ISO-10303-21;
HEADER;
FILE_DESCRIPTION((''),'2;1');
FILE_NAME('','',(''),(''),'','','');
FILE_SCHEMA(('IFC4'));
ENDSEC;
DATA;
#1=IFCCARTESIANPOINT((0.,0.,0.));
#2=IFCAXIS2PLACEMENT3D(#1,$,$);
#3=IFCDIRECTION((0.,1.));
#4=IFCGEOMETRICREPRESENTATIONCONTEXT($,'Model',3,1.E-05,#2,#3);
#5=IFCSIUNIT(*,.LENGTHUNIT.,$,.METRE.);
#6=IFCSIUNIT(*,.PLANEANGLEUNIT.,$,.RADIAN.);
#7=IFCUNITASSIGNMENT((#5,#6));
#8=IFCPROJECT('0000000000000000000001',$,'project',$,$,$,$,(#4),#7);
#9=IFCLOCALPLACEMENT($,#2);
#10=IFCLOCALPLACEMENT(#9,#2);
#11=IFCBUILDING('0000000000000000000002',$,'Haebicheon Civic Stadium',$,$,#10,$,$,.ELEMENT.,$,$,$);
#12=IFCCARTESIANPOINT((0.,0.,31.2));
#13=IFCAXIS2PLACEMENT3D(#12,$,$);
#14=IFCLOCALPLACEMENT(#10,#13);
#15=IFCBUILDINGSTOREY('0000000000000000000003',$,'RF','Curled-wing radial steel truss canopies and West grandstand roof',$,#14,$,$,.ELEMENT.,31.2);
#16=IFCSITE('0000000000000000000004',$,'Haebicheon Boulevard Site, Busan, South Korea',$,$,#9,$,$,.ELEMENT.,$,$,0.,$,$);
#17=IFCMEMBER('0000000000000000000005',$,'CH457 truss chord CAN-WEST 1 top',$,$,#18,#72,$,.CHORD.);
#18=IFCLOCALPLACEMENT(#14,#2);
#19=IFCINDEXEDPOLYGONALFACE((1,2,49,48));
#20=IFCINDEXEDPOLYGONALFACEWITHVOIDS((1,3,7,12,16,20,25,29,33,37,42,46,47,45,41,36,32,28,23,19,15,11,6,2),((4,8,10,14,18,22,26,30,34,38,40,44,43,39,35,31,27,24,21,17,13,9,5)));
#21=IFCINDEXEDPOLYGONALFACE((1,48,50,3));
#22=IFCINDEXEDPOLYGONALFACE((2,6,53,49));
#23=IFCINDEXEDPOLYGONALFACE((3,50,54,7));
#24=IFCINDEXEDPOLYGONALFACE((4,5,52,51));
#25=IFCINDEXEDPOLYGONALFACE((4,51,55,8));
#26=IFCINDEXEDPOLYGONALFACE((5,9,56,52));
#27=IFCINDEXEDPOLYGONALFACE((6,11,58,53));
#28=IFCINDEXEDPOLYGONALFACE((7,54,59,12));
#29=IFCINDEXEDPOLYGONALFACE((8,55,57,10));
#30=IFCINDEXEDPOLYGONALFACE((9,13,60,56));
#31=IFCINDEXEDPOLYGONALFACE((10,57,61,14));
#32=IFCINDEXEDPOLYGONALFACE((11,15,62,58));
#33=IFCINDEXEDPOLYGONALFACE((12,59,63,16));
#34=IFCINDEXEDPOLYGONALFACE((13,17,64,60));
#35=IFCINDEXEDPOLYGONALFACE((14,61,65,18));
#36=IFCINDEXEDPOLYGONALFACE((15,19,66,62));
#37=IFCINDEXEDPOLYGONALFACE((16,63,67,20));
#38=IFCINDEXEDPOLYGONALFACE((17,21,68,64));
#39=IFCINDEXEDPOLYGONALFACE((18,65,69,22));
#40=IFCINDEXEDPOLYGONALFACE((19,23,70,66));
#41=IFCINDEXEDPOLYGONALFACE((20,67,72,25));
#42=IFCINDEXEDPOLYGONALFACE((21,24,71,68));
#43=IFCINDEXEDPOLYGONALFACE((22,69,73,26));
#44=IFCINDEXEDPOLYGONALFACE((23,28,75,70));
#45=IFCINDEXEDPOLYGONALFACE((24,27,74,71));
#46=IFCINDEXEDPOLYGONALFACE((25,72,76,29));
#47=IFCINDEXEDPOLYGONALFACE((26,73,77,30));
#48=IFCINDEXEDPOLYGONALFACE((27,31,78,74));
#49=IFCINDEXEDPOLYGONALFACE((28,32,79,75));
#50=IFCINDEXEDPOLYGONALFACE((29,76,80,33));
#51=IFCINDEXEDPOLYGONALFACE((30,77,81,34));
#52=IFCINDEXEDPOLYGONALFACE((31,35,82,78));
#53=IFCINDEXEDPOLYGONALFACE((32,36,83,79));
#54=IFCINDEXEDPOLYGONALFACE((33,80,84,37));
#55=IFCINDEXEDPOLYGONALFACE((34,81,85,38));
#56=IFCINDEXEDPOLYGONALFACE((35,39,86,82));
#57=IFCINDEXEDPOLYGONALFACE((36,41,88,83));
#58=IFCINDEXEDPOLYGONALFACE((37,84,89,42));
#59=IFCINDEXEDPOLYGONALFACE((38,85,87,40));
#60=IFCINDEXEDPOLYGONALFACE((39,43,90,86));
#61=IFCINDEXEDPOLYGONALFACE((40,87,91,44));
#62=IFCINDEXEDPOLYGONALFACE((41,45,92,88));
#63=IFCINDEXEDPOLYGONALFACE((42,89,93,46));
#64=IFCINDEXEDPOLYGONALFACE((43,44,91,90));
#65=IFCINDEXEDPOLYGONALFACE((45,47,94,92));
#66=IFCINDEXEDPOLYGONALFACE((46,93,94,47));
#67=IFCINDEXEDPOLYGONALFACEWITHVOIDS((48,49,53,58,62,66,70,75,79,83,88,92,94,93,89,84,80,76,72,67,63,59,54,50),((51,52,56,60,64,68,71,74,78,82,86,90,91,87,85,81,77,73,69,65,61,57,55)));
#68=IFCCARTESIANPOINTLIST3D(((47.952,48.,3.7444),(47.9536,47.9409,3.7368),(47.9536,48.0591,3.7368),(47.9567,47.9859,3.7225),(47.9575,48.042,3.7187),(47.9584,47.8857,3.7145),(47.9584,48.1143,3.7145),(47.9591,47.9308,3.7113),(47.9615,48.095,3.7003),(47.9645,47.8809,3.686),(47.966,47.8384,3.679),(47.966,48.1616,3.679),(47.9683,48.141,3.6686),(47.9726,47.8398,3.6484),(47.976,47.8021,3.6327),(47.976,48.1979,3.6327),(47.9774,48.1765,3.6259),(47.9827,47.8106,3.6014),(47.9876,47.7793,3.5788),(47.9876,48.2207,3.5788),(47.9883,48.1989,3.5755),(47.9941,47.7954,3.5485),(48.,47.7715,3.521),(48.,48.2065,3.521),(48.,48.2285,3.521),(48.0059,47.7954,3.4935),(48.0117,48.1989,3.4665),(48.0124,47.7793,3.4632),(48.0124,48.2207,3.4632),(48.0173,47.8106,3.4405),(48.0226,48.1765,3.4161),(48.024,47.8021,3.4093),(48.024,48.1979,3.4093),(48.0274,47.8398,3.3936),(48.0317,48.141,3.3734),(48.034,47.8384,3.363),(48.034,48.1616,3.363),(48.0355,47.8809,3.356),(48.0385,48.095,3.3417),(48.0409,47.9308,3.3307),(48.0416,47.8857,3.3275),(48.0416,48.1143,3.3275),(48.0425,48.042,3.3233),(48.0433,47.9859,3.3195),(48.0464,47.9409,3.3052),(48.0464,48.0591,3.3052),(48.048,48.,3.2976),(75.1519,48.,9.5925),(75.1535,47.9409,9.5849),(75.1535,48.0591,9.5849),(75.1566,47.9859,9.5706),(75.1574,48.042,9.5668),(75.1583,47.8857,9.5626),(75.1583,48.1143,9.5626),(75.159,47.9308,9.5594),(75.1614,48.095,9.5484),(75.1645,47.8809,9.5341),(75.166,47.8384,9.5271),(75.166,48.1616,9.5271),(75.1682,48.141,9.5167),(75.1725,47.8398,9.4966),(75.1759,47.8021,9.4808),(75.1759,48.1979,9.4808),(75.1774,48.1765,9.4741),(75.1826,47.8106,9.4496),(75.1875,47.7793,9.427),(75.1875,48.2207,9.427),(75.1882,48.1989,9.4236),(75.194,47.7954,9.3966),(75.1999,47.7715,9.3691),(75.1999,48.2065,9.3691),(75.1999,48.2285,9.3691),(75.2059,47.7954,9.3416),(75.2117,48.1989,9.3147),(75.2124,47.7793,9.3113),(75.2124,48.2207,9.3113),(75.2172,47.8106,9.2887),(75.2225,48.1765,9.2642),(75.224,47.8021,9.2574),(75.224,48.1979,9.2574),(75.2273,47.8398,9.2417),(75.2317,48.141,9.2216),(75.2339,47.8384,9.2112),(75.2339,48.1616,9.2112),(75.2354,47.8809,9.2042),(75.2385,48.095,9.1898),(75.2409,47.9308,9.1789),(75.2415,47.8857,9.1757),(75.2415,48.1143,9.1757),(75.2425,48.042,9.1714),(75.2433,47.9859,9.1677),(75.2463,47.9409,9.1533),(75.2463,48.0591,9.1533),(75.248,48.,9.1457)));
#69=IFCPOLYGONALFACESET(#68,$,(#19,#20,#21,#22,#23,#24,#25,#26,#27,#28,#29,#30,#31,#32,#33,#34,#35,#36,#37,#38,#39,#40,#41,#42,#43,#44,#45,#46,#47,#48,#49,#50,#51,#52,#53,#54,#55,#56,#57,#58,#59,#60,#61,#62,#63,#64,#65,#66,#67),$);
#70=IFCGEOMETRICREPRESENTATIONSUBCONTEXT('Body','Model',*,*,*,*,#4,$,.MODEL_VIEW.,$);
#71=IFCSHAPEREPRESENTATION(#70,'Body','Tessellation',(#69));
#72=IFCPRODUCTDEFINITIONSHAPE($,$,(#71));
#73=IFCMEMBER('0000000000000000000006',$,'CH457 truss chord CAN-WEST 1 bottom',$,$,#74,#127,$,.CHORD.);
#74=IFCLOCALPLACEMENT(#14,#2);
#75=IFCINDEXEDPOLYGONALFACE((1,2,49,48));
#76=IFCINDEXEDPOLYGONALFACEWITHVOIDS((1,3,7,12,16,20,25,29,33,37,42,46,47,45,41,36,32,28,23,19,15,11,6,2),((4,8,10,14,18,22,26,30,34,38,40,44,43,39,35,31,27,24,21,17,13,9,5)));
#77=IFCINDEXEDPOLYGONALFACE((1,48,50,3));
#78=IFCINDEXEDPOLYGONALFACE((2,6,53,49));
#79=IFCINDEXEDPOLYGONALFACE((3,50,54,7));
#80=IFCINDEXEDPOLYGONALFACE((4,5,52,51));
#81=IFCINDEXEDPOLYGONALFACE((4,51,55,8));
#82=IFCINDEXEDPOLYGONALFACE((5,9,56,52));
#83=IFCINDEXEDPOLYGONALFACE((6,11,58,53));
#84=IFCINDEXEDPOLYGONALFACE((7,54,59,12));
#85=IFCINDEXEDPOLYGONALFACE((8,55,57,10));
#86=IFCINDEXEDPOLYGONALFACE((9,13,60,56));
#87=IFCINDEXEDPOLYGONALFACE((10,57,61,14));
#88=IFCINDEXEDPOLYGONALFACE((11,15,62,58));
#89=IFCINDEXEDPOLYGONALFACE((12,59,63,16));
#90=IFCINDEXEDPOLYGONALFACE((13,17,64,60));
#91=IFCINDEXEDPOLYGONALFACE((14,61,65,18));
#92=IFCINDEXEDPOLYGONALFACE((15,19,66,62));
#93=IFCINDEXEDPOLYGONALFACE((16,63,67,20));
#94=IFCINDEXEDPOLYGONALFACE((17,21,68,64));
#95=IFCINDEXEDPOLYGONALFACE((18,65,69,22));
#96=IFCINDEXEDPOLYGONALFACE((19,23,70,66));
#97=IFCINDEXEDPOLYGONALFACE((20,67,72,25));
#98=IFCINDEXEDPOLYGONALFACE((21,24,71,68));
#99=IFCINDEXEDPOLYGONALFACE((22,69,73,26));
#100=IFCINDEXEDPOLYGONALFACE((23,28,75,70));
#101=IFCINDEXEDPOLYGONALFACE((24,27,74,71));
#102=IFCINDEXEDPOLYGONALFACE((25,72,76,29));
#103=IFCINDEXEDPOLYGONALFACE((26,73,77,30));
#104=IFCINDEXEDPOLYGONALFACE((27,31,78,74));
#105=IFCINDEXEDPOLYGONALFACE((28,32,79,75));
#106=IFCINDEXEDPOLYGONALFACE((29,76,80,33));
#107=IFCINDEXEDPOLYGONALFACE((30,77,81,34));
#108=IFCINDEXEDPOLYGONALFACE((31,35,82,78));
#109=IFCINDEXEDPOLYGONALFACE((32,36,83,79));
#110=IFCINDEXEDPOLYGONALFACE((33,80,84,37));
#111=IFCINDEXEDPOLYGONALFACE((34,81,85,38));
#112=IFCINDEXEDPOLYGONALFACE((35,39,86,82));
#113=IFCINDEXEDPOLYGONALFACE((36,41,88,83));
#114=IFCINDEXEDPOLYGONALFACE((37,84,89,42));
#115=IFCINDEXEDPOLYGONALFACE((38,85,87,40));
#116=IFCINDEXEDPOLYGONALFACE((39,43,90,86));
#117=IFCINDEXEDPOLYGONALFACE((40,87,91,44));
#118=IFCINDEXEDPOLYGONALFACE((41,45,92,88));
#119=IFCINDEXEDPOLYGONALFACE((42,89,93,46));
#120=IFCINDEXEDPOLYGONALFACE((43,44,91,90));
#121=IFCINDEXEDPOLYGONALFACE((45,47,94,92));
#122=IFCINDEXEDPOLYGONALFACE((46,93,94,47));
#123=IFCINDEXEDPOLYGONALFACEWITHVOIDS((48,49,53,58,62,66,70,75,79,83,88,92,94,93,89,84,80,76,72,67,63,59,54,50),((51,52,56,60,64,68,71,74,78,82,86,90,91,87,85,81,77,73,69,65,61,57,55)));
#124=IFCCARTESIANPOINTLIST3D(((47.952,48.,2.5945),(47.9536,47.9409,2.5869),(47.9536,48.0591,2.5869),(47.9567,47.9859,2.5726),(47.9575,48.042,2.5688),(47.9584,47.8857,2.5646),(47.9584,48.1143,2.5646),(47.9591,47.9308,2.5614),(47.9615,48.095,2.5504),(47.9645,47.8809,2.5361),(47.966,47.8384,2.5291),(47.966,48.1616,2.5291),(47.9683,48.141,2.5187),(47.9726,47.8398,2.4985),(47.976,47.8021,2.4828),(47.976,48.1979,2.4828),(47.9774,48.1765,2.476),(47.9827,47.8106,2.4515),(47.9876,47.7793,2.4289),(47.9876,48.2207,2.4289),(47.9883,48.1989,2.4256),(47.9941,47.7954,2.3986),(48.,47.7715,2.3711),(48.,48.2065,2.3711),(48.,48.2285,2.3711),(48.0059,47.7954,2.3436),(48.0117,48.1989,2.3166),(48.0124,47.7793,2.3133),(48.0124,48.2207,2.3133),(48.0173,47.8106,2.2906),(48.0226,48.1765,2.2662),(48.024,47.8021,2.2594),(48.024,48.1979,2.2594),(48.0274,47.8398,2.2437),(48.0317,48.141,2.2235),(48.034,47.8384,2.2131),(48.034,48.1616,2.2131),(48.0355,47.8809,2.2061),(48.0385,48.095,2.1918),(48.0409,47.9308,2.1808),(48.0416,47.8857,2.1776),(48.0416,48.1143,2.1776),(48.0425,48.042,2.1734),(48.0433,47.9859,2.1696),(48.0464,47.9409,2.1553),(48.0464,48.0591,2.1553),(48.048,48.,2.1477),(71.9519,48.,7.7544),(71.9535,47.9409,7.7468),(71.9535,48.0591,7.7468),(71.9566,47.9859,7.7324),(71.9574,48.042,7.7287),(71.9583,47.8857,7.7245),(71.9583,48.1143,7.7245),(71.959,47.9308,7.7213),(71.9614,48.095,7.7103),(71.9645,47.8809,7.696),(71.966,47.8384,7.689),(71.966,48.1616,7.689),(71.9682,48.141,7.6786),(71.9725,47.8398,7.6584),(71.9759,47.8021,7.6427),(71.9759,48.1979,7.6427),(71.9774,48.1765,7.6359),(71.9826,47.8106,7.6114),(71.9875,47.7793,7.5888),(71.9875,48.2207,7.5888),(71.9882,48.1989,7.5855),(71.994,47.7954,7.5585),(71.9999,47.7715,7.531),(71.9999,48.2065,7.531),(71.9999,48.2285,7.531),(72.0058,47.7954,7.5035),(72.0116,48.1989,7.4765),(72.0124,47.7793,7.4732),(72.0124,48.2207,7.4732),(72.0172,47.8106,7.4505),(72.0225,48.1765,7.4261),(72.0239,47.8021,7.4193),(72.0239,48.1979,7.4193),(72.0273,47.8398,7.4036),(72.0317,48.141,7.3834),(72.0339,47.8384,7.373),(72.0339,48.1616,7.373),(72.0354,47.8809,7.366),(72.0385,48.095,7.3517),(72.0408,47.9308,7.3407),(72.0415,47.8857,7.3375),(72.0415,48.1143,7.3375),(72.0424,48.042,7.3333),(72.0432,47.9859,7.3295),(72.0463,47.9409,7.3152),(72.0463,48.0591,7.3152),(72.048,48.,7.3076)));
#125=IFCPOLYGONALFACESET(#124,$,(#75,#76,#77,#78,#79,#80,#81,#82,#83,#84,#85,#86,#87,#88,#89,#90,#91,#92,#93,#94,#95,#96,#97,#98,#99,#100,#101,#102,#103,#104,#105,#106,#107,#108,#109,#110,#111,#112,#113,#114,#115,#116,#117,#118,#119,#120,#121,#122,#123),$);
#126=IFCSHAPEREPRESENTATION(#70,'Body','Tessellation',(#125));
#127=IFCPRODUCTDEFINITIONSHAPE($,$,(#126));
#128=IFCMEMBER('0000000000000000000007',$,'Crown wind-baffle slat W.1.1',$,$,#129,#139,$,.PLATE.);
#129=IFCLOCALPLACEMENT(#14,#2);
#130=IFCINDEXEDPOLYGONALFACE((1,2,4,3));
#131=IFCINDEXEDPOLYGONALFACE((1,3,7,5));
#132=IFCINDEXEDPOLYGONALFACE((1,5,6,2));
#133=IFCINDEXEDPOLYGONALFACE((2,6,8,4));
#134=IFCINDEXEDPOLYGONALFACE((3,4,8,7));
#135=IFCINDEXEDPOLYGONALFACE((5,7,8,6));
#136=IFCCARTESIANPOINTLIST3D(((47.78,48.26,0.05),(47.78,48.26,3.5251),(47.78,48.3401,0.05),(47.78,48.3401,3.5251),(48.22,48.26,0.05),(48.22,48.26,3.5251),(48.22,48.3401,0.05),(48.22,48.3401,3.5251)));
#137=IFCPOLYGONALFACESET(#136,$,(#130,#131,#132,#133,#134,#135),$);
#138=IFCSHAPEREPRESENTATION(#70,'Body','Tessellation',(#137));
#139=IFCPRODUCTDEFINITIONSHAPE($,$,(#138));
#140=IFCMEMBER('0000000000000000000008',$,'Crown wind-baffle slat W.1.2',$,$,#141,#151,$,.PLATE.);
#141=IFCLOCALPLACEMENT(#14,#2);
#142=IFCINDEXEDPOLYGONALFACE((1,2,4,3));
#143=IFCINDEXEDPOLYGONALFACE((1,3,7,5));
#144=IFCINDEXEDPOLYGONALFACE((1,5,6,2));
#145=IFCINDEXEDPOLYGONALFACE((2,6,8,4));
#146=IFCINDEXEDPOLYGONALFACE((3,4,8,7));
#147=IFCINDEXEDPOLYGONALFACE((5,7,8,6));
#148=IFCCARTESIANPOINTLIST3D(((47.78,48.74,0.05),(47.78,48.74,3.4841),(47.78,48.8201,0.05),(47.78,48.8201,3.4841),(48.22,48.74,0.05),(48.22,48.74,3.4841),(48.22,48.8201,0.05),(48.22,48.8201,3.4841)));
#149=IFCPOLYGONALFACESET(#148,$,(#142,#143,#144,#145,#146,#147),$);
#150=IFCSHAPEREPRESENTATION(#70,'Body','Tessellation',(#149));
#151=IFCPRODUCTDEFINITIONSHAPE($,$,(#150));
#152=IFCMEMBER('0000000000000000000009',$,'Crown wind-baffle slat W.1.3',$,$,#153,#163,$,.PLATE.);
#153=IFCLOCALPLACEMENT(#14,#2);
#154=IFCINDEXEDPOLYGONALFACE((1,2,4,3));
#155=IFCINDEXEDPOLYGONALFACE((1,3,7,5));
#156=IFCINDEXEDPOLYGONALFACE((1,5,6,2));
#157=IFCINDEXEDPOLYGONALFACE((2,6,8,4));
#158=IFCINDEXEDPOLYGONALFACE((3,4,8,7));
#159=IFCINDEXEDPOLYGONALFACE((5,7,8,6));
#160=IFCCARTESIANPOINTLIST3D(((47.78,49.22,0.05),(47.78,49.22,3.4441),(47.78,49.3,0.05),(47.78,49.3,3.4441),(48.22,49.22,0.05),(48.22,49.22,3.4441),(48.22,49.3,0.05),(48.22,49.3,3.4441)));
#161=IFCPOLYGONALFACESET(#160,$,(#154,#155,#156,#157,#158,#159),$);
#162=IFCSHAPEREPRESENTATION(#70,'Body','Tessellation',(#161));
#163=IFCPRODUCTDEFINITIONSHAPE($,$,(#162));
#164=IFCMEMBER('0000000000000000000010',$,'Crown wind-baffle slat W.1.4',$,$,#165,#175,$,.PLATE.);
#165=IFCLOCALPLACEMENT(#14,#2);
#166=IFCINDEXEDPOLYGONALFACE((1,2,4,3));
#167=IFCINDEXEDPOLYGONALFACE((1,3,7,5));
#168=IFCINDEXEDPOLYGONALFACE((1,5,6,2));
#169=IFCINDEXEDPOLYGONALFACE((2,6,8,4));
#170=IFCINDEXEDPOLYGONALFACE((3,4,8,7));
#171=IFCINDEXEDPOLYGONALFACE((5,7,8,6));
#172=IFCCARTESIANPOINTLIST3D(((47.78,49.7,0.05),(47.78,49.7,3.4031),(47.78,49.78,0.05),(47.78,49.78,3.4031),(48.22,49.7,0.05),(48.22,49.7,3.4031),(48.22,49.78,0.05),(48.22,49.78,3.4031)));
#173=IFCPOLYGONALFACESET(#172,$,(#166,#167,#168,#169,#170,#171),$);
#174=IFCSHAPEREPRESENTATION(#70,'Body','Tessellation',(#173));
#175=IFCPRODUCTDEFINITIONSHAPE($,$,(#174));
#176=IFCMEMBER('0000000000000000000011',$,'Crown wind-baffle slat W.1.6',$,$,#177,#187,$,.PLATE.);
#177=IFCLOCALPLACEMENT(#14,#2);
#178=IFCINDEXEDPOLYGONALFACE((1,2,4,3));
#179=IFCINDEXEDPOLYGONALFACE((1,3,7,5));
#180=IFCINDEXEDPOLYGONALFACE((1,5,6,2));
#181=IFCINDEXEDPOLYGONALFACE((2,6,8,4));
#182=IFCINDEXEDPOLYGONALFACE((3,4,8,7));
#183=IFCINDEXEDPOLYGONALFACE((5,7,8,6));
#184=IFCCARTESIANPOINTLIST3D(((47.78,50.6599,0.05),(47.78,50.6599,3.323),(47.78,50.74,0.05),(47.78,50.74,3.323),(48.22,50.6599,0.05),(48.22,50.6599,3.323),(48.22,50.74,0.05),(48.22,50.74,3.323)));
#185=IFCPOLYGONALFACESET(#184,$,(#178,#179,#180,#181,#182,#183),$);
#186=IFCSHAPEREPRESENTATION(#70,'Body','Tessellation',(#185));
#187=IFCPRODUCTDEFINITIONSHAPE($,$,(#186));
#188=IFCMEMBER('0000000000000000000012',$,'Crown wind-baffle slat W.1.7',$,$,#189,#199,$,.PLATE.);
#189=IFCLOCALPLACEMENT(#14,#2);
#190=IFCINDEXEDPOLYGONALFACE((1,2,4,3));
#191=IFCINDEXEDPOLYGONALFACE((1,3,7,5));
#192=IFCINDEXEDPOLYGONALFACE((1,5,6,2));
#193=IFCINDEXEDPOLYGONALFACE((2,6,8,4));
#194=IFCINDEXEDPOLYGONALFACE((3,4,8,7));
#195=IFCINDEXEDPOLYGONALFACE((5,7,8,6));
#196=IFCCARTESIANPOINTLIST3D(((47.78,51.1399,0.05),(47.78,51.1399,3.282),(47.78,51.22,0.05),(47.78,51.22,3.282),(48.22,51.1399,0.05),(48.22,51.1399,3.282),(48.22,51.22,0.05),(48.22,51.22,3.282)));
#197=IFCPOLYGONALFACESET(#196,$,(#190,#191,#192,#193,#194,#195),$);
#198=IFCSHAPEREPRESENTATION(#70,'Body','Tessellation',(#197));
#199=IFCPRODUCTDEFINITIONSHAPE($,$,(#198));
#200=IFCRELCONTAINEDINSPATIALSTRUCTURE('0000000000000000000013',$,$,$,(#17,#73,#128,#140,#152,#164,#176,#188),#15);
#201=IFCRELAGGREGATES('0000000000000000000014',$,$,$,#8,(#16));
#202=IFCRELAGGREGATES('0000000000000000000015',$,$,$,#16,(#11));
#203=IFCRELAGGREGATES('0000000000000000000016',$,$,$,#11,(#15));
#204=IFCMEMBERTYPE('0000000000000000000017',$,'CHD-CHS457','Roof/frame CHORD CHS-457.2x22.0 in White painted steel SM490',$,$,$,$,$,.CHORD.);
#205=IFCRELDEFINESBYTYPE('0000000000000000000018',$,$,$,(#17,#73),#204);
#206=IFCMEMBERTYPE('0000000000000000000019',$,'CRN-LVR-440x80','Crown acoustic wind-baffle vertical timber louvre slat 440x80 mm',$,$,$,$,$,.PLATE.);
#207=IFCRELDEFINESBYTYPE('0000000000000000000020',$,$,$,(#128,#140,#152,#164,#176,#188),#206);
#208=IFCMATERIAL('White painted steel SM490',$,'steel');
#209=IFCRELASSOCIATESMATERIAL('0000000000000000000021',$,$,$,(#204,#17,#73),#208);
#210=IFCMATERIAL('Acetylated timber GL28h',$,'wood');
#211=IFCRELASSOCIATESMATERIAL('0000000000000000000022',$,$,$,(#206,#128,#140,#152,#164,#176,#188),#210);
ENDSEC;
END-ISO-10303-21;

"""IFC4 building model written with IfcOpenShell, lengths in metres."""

from ifc_helpers import new_model, si_unit, direction, frame, origin, origin_2d, place, context, subcontext, project, spatial, rectangle, hollow_circle, extrude, material, material_profile, profile_set, type_object, element, save


model = new_model("IFC4")

# Units and contexts
model_context = context("Model", 3, precision=1e-05, world=origin(), true_north=direction((0.0, 1.0)))
body_context = subcontext(model_context, "Body", "Model", "MODEL_VIEW")
ifc_project = project(units=[si_unit("LENGTHUNIT", "METRE"), si_unit("PLANEANGLEUNIT", "RADIAN")], contexts=[model_context])

# Site, building, storey
site_placement = place(None, origin())
site = spatial("IfcSite", under=ifc_project, at=site_placement, Name="Haebicheon Boulevard Site, Busan, South Korea", CompositionType="ELEMENT", RefElevation=0.0)
building_placement = place(site_placement, origin())
building = spatial("IfcBuilding", under=site, at=building_placement, Name="Haebicheon Civic Stadium", CompositionType="ELEMENT")
storey_placement = place(building_placement, frame((0.0, 0.0, 31.2)))
storey = spatial("IfcBuildingStorey", under=building, at=storey_placement, Name="RF", Description="Curled-wing radial steel truss canopies and West grandstand roof", CompositionType="ELEMENT", Elevation=31.2)

# Members
ifc_material_1 = material(Name="White painted steel SM490", Category="steel")
ifc_material_profile_1 = material_profile(ifc_material_1, hollow_circle(Radius=0.2285, WallThickness=0.022, at=origin_2d()), Name="CHS-457.2x22.0")
ifc_profile_set_1 = profile_set([ifc_material_profile_1], Name="White painted steel SM490")
member_type_1 = type_object("IfcMemberType", Name="CHD-CHS457", Description="Roof/frame CHORD CHS-457.2x22.0 in White painted steel SM490", PredefinedType="CHORD", material=ifc_profile_set_1)
member_1_placement = place(storey_placement, frame((48.0, 48.0, 3.521), z_axis=(0.977658, 0.0, 0.210202), x_axis=(0.0, 1.0, 0.0)))
element("IfcMember", 1, at=member_1_placement, inside=storey, type_object=member_type_1, material=ifc_profile_set_1, Name="CH457 truss chord CAN-WEST 1 top", PredefinedType="CHORD", context=body_context, shape_type="SweptSolid", body=[
    extrude(hollow_circle(Radius=0.2285, WallThickness=0.022, at=origin_2d()), origin(), (0.0, 0.0, 1.0), 27.8215),
])
member_2_placement = place(storey_placement, frame((48.0, 48.0, 2.3711), z_axis=(0.97766, 0.0, 0.210193), x_axis=(0.0, 1.0, 0.0)))
element("IfcMember", 2, at=member_2_placement, inside=storey, type_object=member_type_1, material=ifc_profile_set_1, Name="CH457 truss chord CAN-WEST 1 bottom", PredefinedType="CHORD", context=body_context, shape_type="SweptSolid", body=[
    extrude(hollow_circle(Radius=0.2285, WallThickness=0.022, at=origin_2d()), origin(), (0.0, 0.0, 1.0), 24.5483),
])
ifc_material_2 = material(Name="Acetylated timber GL28h", Category="wood")
ifc_material_profile_2 = material_profile(ifc_material_2, rectangle(XDim=0.0801, YDim=0.4399, at=origin_2d()), Name="TMB-LOUV-80x440")
ifc_profile_set_2 = profile_set([ifc_material_profile_2], Name="Acetylated timber GL28h")
member_type_2 = type_object("IfcMemberType", Name="CRN-LVR-440x80", Description="Crown acoustic wind-baffle vertical timber louvre slat 440x80 mm", PredefinedType="PLATE", material=ifc_profile_set_2)
member_3_placement = place(storey_placement, frame((48.0, 48.3, 0.05), z_axis=(0.0, 0.0, 1.0), x_axis=(0.0, 1.0, 0.0)))
element("IfcMember", 3, at=member_3_placement, inside=storey, type_object=member_type_2, material=ifc_profile_set_2, Name="Crown wind-baffle slat W.1.1", PredefinedType="PLATE", context=body_context, shape_type="SweptSolid", body=[
    extrude(rectangle(XDim=0.0801, YDim=0.4399, at=origin_2d()), origin(), (0.0, 0.0, 1.0), 3.4751),
])
member_4_placement = place(storey_placement, frame((48.0, 48.78, 0.05), z_axis=(0.0, 0.0, 1.0), x_axis=(0.0, 1.0, 0.0)))
element("IfcMember", 4, at=member_4_placement, inside=storey, type_object=member_type_2, material=ifc_profile_set_2, Name="Crown wind-baffle slat W.1.2", PredefinedType="PLATE", context=body_context, shape_type="SweptSolid", body=[
    extrude(rectangle(XDim=0.0801, YDim=0.4399, at=origin_2d()), origin(), (0.0, 0.0, 1.0), 3.4341),
])
member_5_placement = place(storey_placement, frame((48.0, 49.26, 0.05), z_axis=(0.0, 0.0, 1.0), x_axis=(0.0, 1.0, 0.0)))
element("IfcMember", 5, at=member_5_placement, inside=storey, type_object=member_type_2, material=ifc_profile_set_2, Name="Crown wind-baffle slat W.1.3", PredefinedType="PLATE", context=body_context, shape_type="SweptSolid", body=[
    extrude(rectangle(XDim=0.0801, YDim=0.4399, at=origin_2d()), origin(), (0.0, 0.0, 1.0), 3.394),
])
member_6_placement = place(storey_placement, frame((48.0, 49.74, 0.05), z_axis=(0.0, 0.0, 1.0), x_axis=(0.0, 1.0, 0.0)))
element("IfcMember", 6, at=member_6_placement, inside=storey, type_object=member_type_2, material=ifc_profile_set_2, Name="Crown wind-baffle slat W.1.4", PredefinedType="PLATE", context=body_context, shape_type="SweptSolid", body=[
    extrude(rectangle(XDim=0.0801, YDim=0.4399, at=origin_2d()), origin(), (0.0, 0.0, 1.0), 3.353),
])
member_7_placement = place(storey_placement, frame((48.0, 50.7, 0.05), z_axis=(0.0, 0.0, 1.0), x_axis=(0.0, 1.0, 0.0)))
element("IfcMember", 7, at=member_7_placement, inside=storey, type_object=member_type_2, material=ifc_profile_set_2, Name="Crown wind-baffle slat W.1.6", PredefinedType="PLATE", context=body_context, shape_type="SweptSolid", body=[
    extrude(rectangle(XDim=0.0801, YDim=0.4399, at=origin_2d()), origin(), (0.0, 0.0, 1.0), 3.2729),
])
member_8_placement = place(storey_placement, frame((48.0, 51.1799, 0.05), z_axis=(0.0, 0.0, 1.0), x_axis=(0.0, 1.0, 0.0)))
element("IfcMember", 8, at=member_8_placement, inside=storey, type_object=member_type_2, material=ifc_profile_set_2, Name="Crown wind-baffle slat W.1.7", PredefinedType="PLATE", context=body_context, shape_type="SweptSolid", body=[
    extrude(rectangle(XDim=0.0801, YDim=0.4399, at=origin_2d()), origin(), (0.0, 0.0, 1.0), 3.2319),
])

save(model, "model.ifc")
